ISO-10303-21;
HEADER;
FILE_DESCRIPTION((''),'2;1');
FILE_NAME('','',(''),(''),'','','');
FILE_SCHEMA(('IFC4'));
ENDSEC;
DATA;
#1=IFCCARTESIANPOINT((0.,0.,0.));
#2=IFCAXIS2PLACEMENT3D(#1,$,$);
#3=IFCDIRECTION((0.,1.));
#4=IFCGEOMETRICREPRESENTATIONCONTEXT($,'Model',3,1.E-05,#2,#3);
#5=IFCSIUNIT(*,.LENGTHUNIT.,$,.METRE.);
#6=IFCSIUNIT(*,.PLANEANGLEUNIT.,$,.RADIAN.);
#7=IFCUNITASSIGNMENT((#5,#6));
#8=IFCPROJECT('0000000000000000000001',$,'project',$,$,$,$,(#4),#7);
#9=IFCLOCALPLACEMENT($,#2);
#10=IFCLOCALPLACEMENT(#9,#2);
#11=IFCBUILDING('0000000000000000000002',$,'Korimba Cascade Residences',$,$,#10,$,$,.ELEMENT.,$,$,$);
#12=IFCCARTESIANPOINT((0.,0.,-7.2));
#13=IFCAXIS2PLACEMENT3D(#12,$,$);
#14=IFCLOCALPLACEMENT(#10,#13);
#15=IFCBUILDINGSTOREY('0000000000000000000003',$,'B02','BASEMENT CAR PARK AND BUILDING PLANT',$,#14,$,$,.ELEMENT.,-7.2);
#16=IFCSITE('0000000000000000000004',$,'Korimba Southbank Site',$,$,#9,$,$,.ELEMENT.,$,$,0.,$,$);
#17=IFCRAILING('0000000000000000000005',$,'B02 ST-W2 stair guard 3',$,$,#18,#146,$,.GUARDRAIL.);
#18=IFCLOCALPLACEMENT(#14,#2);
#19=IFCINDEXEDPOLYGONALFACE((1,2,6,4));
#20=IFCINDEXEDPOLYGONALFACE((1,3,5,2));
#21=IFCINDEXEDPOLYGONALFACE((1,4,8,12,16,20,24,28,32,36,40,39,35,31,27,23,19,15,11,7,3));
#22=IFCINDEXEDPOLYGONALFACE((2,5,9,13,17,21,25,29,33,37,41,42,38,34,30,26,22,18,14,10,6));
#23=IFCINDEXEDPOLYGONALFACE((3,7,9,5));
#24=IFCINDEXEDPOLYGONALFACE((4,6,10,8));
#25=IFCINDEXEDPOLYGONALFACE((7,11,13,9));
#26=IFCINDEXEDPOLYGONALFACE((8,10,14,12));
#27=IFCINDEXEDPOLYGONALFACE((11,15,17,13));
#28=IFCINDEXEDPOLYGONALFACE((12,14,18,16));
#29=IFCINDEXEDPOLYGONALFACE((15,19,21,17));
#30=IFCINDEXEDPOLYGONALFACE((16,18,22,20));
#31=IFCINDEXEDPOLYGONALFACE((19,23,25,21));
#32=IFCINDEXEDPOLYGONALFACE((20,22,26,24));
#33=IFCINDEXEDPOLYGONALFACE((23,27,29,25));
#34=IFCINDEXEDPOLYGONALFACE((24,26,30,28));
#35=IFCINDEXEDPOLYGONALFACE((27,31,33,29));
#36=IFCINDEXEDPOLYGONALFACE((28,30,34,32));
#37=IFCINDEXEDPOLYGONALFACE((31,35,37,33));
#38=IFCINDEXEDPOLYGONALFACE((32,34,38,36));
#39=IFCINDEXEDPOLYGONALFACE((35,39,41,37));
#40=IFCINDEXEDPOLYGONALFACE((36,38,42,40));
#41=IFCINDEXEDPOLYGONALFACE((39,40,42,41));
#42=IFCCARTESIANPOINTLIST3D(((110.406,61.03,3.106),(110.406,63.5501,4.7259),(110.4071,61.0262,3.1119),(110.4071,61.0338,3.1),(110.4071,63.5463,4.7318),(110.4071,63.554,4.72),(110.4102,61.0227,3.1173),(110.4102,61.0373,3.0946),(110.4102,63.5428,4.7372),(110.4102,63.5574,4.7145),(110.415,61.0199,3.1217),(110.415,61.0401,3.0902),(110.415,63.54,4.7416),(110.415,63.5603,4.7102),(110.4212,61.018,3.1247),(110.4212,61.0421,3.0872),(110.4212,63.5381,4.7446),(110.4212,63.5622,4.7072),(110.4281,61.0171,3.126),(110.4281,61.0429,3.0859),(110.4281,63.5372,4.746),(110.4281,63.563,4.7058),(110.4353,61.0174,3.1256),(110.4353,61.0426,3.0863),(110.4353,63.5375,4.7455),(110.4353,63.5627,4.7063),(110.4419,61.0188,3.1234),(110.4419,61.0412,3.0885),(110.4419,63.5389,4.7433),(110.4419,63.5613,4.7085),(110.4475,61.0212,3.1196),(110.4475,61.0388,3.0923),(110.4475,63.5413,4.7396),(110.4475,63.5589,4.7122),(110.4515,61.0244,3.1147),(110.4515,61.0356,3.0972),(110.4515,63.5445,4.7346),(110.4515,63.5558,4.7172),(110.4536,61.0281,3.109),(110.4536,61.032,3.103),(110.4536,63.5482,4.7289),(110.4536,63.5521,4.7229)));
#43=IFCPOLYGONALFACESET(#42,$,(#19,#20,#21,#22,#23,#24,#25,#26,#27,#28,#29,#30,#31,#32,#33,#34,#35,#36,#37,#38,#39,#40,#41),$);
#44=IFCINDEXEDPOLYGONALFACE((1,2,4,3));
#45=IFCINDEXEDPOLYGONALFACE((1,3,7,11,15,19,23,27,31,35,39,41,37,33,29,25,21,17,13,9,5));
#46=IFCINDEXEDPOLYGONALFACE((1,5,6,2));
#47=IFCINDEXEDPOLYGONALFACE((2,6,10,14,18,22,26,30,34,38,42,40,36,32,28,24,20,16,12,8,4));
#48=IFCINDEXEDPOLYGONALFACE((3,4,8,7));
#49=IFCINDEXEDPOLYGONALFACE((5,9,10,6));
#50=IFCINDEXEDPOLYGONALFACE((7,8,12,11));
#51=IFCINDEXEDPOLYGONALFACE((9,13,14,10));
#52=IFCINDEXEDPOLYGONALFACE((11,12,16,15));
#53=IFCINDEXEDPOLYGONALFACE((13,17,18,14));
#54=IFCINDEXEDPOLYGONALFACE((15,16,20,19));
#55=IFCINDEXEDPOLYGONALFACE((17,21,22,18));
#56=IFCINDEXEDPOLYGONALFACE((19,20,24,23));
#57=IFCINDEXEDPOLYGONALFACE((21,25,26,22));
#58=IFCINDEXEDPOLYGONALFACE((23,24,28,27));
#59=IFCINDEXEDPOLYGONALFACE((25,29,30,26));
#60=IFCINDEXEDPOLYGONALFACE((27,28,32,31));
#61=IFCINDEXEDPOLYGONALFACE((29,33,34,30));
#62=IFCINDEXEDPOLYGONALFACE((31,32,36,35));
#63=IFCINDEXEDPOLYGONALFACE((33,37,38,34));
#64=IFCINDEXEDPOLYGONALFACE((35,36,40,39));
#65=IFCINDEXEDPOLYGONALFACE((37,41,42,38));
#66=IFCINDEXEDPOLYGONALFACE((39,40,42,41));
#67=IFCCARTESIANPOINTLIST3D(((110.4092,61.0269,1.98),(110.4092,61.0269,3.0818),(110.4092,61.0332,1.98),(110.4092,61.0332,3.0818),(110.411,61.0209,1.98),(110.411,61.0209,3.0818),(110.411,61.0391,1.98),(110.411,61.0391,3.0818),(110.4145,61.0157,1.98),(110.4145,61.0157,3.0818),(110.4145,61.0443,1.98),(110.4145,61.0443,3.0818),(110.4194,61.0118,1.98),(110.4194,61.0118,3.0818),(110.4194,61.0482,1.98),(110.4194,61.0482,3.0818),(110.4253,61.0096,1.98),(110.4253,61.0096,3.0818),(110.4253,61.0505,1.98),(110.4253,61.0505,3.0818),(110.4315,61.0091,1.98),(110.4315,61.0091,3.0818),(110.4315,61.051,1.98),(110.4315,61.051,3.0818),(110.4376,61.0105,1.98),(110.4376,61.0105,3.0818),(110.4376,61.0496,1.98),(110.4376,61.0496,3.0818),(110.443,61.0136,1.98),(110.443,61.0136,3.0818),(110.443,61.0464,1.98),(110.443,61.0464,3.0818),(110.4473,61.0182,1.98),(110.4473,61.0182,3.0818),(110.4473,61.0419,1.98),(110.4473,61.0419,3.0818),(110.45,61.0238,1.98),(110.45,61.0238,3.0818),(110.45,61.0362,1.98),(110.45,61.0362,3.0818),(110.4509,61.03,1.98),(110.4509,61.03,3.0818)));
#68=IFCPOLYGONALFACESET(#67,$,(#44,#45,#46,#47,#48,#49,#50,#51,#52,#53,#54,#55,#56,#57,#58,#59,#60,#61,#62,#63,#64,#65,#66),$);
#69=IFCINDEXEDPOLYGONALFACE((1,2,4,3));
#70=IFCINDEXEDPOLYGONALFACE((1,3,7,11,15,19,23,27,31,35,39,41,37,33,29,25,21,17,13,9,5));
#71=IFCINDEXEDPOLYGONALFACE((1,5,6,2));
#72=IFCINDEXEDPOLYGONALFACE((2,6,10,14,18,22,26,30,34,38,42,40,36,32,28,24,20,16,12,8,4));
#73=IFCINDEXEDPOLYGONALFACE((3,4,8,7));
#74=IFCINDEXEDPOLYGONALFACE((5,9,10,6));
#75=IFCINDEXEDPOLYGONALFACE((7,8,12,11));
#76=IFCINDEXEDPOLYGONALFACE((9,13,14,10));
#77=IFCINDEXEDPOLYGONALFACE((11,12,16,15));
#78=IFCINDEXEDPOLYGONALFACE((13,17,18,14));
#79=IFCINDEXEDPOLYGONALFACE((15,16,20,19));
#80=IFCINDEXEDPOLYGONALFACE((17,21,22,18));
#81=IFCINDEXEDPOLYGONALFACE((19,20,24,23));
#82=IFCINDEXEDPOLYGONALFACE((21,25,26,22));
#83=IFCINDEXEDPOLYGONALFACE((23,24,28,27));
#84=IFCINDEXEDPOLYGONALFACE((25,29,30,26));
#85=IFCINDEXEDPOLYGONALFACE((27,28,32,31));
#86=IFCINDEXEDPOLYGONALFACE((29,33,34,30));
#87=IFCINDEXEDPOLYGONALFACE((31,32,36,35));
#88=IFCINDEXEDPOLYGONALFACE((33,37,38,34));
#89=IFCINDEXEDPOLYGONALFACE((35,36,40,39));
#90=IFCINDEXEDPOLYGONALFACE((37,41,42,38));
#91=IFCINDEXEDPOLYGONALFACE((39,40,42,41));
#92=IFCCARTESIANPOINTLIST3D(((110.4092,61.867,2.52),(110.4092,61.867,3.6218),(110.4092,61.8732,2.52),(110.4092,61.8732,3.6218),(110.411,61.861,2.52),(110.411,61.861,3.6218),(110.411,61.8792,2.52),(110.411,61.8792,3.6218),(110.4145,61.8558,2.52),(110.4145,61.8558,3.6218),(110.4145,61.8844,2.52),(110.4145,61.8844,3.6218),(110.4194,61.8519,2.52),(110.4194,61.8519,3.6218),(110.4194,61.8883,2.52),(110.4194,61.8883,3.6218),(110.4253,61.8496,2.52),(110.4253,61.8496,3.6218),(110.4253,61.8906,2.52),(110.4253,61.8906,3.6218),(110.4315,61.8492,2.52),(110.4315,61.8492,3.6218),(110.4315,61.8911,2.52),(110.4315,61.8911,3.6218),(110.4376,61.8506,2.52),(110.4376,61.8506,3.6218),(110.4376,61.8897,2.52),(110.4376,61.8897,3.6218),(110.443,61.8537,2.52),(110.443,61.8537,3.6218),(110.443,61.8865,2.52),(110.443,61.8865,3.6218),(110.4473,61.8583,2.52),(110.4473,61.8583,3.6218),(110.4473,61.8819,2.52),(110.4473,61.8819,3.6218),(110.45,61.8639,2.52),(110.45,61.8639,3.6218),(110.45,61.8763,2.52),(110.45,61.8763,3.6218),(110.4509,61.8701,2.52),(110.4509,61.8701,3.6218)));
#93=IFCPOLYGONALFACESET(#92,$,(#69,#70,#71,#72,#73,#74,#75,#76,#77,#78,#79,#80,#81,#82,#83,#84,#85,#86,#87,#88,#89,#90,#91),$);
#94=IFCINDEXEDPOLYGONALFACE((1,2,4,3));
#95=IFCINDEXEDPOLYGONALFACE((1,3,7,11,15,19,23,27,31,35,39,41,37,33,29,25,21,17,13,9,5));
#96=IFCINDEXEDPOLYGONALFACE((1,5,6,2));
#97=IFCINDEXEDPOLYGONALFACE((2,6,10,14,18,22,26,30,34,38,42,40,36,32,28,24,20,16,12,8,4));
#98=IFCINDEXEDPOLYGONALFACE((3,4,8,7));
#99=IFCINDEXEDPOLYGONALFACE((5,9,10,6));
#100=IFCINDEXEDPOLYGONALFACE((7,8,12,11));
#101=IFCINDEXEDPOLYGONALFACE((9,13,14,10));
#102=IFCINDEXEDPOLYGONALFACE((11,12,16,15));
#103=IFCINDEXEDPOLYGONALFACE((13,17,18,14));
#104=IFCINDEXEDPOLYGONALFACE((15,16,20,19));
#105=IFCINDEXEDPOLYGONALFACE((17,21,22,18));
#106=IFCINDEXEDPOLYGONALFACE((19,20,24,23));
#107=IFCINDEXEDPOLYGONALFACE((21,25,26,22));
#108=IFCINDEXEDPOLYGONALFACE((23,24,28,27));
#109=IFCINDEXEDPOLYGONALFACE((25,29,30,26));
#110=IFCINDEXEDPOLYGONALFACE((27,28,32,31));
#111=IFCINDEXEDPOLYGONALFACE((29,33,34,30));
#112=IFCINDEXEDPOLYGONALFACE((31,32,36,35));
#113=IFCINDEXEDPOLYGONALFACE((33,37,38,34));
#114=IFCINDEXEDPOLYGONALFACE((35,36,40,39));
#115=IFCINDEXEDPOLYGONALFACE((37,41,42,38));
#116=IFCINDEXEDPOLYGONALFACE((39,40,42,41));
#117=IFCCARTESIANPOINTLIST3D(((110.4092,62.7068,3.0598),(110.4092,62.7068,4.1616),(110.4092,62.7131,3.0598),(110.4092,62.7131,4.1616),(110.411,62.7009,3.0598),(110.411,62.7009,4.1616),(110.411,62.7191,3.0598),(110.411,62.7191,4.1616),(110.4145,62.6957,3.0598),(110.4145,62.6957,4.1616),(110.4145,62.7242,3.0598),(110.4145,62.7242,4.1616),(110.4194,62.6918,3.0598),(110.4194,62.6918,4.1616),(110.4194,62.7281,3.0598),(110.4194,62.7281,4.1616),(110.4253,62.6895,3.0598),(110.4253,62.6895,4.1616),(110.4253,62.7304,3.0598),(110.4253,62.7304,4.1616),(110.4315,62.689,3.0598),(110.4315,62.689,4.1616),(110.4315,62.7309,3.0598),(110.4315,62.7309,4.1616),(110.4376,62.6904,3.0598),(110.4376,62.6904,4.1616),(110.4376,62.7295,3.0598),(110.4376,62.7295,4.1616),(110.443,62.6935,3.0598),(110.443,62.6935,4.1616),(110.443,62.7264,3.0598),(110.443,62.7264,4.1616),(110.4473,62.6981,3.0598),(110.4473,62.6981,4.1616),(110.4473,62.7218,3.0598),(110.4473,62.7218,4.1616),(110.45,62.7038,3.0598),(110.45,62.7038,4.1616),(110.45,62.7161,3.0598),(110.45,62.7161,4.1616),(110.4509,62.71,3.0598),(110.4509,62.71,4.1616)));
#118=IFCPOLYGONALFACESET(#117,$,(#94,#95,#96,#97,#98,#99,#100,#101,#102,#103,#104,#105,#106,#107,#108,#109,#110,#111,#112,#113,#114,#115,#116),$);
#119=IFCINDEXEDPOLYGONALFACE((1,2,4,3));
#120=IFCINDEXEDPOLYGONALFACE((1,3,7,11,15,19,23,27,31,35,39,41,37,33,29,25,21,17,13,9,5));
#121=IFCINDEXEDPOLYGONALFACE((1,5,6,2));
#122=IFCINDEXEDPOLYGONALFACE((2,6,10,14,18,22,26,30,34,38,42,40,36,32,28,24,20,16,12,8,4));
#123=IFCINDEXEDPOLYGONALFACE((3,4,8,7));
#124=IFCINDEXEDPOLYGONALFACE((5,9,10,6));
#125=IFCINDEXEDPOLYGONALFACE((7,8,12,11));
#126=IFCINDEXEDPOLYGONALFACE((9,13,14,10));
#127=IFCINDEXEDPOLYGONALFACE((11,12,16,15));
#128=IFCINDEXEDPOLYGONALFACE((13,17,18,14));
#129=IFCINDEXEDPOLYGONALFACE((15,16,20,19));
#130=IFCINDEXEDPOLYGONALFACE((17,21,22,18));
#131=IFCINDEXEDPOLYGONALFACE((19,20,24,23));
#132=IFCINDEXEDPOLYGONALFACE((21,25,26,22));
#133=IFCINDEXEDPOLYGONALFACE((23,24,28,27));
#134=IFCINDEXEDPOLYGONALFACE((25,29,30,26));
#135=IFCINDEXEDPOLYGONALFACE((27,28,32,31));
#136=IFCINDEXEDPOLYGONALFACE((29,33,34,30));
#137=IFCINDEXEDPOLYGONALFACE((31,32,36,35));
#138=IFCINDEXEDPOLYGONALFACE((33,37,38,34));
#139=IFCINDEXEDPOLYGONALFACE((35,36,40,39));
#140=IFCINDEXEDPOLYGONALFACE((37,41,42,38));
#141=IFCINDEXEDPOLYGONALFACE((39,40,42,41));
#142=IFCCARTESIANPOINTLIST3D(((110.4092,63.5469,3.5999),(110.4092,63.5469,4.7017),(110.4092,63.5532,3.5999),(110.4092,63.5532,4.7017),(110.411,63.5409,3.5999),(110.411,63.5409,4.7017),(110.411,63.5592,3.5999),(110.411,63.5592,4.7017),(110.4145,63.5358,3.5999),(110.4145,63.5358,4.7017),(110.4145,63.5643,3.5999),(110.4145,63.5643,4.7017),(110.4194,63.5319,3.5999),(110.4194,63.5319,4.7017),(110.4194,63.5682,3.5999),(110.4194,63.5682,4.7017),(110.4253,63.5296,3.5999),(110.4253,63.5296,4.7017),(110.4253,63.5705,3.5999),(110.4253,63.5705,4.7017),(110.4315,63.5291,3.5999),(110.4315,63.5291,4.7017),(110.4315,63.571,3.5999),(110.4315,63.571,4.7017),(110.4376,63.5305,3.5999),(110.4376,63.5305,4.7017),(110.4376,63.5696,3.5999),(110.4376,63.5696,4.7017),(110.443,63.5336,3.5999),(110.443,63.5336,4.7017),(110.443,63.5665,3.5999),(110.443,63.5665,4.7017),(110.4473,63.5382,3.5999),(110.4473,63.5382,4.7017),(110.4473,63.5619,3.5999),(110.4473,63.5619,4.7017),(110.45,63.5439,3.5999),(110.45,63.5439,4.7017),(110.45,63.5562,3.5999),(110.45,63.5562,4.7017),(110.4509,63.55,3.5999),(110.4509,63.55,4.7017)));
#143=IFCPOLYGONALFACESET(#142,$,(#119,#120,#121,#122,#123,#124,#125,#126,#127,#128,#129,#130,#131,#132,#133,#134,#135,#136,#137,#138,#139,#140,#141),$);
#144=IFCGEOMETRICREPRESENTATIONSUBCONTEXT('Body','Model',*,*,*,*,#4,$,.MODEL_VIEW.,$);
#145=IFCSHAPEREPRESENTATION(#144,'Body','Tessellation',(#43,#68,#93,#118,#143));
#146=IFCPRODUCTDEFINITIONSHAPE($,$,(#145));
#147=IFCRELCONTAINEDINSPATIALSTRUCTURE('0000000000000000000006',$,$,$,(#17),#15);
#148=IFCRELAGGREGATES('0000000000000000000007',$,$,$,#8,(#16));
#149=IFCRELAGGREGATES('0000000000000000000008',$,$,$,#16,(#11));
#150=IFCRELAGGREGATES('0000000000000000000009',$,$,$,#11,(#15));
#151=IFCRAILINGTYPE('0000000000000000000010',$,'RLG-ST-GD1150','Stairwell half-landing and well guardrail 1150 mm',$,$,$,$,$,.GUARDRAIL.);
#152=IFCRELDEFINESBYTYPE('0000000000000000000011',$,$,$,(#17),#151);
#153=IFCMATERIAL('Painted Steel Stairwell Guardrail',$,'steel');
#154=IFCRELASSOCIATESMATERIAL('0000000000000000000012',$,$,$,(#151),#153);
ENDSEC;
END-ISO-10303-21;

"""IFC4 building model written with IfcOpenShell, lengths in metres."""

from ifc_helpers import new_model, si_unit, direction, frame, origin, origin_2d, place, context, subcontext, project, spatial, circle, extrude, material, type_object, element, save


model = new_model("IFC4")

# Units and contexts
model_context = context("Model", 3, precision=1e-05, world=origin(), true_north=direction((0.0, 1.0)))
body_context = subcontext(model_context, "Body", "Model", "MODEL_VIEW")
ifc_project = project(units=[si_unit("LENGTHUNIT", "METRE"), si_unit("PLANEANGLEUNIT", "RADIAN")], contexts=[model_context])

# Site, building, storey
site_placement = place(None, origin())
site = spatial("IfcSite", under=ifc_project, at=site_placement, Name="Korimba Southbank Site", CompositionType="ELEMENT", RefElevation=0.0)
building_placement = place(site_placement, origin())
building = spatial("IfcBuilding", under=site, at=building_placement, Name="Korimba Cascade Residences", CompositionType="ELEMENT")
storey_placement = place(building_placement, frame((0.0, 0.0, -7.2)))
storey = spatial("IfcBuildingStorey", under=building, at=storey_placement, Name="B02", Description="BASEMENT CAR PARK AND BUILDING PLANT", CompositionType="ELEMENT", Elevation=-7.2)

# Railing
ifc_material_1 = material(Name="Painted Steel Stairwell Guardrail", Category="steel")
railing_type_1 = type_object("IfcRailingType", Name="RLG-ST-GD1150", Description="Stairwell half-landing and well guardrail 1150 mm", PredefinedType="GUARDRAIL", material=ifc_material_1)
railing_1_placement = place(storey_placement, frame((110.4299, 61.03, 1.98)))
element("IfcRailing", 1, at=railing_1_placement, inside=storey, type_object=railing_type_1, Name="B02 ST-W2 stair guard 3", PredefinedType="GUARDRAIL", context=body_context, shape_type="SweptSolid", body=[
    extrude(circle(Radius=0.0239, at=origin_2d()), frame((0.0, 0.0, 1.126), z_axis=(0.0, 0.8412, 0.540725), x_axis=(-1.0, 0.0, 0.0)), (0.0, 0.0, 1.0), 2.9958),
    extrude(circle(Radius=0.021, at=origin_2d()), origin(), (0.0, 0.0, 1.0), 1.1018),
    extrude(circle(Radius=0.021, at=origin_2d()), frame((0.0, 0.8401, 0.54)), (0.0, 0.0, 1.0), 1.1018),
    extrude(circle(Radius=0.021, at=origin_2d()), frame((0.0, 1.6799, 1.0798)), (0.0, 0.0, 1.0), 1.1018),
    extrude(circle(Radius=0.021, at=origin_2d()), frame((0.0, 2.52, 1.6199)), (0.0, 0.0, 1.0), 1.1018),
])

save(model, "model.ifc")
